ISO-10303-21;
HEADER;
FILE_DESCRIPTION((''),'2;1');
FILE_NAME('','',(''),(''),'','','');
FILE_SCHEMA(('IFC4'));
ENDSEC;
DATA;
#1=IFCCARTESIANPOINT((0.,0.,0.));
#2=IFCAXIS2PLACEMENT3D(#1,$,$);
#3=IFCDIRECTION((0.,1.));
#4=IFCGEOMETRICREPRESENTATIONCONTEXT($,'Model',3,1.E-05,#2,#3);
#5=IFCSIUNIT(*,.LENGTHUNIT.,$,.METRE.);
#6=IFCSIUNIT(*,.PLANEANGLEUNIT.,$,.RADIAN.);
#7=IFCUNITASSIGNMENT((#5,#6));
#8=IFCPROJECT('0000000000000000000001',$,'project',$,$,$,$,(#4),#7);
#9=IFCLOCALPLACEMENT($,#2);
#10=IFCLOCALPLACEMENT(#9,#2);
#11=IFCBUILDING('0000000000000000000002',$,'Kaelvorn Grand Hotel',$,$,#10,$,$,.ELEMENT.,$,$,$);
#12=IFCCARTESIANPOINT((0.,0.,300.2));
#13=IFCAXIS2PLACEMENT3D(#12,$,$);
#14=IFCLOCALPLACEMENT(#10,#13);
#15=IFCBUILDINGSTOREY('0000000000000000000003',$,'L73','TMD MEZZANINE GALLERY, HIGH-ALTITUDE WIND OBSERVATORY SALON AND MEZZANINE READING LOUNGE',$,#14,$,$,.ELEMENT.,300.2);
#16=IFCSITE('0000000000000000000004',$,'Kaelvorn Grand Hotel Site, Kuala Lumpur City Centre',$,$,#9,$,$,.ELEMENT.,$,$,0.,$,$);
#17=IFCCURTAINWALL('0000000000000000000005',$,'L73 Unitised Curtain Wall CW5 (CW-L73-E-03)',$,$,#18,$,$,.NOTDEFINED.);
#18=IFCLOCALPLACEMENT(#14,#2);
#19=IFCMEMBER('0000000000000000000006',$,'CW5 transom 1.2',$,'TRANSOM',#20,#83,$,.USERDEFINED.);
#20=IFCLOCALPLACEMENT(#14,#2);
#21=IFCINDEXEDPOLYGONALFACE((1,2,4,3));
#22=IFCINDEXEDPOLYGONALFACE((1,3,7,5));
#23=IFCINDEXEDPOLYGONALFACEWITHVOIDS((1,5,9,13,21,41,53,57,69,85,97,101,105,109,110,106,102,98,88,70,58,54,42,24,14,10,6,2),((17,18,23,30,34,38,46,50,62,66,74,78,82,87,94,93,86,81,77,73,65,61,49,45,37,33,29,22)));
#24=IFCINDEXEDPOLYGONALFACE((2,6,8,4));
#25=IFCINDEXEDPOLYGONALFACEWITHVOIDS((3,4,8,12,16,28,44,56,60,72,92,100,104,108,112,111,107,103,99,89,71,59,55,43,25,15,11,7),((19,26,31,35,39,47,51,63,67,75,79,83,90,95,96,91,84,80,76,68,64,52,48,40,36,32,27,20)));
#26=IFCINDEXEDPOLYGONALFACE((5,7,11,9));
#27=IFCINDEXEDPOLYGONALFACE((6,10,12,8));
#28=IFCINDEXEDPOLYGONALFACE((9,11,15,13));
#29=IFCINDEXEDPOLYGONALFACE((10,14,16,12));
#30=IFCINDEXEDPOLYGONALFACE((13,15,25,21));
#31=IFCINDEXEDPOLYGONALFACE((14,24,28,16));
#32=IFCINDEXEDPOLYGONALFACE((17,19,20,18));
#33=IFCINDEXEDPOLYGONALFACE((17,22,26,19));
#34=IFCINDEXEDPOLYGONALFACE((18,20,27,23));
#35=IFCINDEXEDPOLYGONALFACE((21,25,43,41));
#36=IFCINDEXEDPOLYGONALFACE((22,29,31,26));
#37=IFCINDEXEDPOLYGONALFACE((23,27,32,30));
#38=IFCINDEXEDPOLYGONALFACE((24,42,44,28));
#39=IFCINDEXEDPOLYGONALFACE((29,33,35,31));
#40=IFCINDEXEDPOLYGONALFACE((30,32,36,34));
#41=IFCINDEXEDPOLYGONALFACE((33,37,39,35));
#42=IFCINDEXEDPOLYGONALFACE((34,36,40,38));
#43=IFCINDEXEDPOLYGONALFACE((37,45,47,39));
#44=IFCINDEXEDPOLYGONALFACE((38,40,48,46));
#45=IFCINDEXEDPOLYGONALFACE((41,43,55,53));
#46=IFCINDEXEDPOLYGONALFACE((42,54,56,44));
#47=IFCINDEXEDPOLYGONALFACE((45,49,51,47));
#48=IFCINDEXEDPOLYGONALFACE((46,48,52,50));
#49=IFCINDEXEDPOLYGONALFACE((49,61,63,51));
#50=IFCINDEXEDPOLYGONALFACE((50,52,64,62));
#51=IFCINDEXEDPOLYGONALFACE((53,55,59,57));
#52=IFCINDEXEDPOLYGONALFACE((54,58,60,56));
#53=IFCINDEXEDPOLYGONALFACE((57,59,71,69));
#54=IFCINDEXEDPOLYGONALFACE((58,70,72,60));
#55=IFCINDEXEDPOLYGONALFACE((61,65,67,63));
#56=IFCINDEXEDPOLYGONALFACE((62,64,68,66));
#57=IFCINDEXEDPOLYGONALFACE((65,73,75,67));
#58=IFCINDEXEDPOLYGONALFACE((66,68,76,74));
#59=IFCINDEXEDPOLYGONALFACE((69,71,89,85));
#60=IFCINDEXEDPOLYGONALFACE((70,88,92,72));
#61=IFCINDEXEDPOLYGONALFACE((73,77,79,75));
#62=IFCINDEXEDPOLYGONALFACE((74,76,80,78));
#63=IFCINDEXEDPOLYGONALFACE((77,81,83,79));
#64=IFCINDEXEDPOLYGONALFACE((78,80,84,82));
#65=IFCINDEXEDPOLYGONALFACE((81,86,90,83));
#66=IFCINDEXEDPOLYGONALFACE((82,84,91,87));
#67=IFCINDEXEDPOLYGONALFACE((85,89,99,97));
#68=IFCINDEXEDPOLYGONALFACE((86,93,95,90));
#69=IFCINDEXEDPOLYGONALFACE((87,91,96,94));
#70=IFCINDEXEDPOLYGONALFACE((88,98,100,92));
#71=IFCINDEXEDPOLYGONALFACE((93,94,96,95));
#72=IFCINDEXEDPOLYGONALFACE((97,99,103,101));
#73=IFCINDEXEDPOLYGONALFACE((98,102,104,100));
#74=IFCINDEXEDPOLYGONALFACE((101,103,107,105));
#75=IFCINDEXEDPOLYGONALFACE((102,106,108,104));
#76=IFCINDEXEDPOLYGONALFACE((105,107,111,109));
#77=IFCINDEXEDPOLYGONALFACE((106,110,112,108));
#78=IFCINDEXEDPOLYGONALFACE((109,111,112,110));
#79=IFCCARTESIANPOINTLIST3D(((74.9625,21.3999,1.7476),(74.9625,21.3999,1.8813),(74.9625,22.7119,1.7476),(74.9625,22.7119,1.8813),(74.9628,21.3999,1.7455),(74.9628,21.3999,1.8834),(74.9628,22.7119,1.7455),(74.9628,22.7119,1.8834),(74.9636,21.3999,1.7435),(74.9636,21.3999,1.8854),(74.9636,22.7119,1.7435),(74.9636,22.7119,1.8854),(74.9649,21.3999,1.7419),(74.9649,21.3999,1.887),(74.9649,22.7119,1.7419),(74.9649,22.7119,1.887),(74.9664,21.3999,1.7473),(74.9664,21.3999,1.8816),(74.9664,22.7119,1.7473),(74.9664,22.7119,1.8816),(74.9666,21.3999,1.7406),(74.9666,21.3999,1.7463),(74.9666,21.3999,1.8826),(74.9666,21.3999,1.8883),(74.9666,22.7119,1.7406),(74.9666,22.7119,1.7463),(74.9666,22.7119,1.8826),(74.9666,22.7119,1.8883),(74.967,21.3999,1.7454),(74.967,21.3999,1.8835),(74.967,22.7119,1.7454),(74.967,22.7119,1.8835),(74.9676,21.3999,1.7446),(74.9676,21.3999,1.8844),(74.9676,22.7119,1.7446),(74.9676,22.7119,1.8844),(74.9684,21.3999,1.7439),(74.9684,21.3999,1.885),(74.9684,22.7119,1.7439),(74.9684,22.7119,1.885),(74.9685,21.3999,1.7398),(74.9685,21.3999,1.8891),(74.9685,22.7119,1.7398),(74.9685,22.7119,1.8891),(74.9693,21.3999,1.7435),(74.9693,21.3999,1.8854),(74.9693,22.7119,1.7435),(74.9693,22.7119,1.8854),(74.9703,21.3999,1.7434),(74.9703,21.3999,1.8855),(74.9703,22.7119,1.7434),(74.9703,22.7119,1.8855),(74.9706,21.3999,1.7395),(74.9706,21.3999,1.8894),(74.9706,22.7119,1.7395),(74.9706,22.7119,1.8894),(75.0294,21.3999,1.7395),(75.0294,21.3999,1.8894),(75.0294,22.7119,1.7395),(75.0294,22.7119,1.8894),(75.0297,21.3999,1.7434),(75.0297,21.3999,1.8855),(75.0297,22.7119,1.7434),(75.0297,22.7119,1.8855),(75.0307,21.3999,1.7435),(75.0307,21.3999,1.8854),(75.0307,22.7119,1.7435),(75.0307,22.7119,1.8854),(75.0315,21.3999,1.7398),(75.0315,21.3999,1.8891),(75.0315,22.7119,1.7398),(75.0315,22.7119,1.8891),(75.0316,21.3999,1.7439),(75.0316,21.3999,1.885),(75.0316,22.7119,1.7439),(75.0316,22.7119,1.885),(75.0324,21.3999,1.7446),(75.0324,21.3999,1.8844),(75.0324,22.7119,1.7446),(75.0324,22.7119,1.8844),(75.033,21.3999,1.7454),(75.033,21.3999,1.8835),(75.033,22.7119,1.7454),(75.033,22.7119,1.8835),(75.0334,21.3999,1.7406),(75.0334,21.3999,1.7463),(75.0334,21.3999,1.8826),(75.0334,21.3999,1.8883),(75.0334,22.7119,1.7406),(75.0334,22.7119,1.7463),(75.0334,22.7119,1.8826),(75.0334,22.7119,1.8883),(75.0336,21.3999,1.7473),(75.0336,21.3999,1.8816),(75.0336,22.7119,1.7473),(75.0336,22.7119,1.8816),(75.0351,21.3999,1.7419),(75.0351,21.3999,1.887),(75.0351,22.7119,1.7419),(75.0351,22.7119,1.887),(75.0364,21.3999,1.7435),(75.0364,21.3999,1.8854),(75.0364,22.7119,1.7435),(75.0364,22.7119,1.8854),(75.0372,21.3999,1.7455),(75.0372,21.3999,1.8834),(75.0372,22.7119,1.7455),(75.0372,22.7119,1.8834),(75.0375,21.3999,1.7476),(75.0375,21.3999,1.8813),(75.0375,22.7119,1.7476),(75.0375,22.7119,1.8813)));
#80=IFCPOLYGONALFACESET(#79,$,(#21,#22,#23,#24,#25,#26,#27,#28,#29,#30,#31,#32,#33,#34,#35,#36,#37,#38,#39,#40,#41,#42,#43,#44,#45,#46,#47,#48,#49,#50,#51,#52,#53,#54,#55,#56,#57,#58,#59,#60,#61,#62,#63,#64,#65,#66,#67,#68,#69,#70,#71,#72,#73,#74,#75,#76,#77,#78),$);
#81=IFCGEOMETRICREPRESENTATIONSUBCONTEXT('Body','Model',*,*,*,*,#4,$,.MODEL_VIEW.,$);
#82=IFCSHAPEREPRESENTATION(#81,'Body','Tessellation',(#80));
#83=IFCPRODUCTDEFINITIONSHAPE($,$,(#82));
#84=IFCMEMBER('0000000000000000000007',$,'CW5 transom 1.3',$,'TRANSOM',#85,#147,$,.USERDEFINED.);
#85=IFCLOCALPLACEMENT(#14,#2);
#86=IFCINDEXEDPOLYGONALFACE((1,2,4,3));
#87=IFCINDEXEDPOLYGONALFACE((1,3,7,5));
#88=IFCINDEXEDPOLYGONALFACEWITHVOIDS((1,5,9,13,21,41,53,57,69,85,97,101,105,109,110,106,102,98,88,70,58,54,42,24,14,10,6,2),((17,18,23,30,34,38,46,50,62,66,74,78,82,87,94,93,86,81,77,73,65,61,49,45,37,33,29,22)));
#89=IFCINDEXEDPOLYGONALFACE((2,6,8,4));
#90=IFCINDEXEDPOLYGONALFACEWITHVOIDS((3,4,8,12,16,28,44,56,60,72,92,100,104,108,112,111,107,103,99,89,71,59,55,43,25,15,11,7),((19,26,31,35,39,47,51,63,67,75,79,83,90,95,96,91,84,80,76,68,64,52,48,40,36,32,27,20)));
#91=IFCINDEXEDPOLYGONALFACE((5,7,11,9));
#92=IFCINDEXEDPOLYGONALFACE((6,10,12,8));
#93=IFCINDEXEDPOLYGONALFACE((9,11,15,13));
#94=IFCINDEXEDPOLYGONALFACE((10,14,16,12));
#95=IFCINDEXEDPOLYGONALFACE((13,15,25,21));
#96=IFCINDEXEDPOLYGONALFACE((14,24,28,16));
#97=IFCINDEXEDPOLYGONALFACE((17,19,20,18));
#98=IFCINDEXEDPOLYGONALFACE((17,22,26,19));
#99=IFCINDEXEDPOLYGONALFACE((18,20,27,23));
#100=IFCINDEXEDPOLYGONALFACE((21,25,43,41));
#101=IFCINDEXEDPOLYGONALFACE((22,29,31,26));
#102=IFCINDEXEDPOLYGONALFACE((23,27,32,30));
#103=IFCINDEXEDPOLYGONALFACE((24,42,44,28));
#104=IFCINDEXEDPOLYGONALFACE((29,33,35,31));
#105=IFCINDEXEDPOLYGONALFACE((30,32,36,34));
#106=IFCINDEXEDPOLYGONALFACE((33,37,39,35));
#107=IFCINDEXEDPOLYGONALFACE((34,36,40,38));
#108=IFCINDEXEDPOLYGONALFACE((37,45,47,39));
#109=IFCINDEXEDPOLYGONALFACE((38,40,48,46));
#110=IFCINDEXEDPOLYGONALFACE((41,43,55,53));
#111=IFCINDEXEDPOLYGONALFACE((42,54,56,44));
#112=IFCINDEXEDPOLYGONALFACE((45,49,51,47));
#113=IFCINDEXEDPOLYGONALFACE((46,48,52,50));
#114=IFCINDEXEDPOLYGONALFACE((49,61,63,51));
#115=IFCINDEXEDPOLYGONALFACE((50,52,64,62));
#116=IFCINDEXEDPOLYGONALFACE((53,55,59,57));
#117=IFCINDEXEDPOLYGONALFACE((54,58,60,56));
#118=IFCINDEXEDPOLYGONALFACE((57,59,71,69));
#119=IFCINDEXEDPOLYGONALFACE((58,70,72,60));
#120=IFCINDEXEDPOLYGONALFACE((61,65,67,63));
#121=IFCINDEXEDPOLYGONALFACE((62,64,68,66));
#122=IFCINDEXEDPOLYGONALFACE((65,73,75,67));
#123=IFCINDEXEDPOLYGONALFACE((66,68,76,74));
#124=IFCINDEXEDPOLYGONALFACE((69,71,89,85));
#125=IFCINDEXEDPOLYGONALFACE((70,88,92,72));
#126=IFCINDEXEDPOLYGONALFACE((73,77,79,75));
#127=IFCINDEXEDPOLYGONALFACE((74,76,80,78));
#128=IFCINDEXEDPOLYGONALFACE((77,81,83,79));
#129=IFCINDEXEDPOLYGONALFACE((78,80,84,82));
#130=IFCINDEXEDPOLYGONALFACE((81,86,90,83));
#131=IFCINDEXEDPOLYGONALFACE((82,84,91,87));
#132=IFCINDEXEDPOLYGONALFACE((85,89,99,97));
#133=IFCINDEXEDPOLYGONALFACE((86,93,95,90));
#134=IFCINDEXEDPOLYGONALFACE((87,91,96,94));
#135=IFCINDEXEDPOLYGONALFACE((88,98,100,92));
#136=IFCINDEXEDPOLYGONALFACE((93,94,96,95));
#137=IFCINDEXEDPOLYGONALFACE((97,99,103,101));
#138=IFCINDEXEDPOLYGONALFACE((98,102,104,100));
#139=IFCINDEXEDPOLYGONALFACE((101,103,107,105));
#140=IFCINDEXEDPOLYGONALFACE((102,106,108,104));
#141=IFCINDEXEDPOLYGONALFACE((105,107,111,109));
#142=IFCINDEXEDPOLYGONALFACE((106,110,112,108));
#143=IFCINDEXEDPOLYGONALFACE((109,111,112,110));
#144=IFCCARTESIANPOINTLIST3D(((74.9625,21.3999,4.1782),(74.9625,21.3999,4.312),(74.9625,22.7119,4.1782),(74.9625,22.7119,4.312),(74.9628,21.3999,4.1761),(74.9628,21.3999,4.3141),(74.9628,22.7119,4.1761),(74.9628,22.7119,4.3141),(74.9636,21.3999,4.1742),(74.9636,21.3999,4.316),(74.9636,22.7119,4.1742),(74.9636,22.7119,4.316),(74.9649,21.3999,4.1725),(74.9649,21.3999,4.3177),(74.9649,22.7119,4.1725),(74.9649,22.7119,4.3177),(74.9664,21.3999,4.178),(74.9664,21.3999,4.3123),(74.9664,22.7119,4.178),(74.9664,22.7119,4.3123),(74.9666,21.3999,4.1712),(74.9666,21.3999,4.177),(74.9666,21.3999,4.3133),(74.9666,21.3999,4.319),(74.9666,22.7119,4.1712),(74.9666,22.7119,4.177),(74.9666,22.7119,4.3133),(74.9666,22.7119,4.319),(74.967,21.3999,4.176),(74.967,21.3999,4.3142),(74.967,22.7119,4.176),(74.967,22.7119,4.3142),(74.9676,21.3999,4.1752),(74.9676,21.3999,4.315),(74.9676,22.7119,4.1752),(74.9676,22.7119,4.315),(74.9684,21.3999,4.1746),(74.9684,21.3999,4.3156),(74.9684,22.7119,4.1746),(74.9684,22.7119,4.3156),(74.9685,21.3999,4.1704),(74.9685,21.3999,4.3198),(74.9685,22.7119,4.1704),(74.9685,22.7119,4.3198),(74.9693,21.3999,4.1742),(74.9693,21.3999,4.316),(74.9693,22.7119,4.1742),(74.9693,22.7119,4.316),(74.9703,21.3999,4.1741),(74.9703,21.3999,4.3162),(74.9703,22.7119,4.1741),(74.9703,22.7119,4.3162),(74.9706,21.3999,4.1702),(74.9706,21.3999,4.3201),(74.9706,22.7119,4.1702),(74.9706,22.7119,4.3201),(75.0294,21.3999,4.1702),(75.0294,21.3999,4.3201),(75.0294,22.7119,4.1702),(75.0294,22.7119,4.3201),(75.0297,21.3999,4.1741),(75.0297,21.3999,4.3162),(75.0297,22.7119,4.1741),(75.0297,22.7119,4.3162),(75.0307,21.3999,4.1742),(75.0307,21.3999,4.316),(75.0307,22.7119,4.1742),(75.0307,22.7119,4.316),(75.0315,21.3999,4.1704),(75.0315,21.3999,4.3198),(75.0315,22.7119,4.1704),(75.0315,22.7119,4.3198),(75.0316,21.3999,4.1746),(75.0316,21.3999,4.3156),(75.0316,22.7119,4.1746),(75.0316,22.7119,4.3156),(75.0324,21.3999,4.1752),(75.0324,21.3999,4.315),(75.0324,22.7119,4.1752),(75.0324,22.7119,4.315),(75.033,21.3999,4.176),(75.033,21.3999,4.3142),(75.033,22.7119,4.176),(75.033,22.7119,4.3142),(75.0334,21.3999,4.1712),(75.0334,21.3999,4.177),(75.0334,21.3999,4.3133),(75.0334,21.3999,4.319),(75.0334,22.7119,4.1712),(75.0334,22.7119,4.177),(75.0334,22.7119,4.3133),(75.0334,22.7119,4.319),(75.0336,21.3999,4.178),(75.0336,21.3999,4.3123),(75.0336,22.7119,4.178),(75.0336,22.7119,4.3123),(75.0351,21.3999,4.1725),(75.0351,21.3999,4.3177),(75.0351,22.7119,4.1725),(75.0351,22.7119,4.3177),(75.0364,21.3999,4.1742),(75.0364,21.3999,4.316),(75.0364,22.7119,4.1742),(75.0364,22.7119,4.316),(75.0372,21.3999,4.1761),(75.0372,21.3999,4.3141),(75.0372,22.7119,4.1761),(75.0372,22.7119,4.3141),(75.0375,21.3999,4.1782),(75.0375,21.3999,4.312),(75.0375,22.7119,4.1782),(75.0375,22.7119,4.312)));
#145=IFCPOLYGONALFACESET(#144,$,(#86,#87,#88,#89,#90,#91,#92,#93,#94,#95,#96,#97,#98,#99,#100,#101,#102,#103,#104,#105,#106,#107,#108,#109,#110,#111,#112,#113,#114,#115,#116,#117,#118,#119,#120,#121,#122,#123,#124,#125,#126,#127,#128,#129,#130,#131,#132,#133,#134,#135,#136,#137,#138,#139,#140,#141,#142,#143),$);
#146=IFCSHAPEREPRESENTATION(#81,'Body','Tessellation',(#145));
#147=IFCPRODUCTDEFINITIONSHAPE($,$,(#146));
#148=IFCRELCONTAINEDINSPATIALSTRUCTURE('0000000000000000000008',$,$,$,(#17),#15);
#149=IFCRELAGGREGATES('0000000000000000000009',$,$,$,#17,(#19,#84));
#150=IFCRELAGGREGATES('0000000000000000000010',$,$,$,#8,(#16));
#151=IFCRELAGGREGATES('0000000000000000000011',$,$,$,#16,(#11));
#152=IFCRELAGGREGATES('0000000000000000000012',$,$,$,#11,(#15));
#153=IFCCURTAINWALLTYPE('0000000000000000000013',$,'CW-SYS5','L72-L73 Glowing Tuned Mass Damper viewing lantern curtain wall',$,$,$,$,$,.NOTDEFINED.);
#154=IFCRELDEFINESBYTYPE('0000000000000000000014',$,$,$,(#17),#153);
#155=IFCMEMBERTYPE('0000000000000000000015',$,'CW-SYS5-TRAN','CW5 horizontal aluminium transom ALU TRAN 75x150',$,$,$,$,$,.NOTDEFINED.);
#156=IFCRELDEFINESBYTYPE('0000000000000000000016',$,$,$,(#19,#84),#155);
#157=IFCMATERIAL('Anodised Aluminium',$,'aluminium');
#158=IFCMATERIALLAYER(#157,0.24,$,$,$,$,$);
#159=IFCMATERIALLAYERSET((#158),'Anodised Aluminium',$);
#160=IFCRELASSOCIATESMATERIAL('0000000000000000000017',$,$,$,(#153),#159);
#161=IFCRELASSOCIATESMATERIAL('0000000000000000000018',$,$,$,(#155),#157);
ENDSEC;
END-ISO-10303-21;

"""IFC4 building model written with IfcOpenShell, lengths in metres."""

from ifc_helpers import new_model, si_unit, direction, frame, origin, origin_2d, place, context, subcontext, project, spatial, hollow_rectangle, extrude, material, layer, layer_set, material_profile, profile_set, type_object, element, aggregate, save


model = new_model("IFC4")

# Units and contexts
model_context = context("Model", 3, precision=1e-05, world=origin(), true_north=direction((0.0, 1.0)))
body_context = subcontext(model_context, "Body", "Model", "MODEL_VIEW")
ifc_project = project(units=[si_unit("LENGTHUNIT", "METRE"), si_unit("PLANEANGLEUNIT", "RADIAN")], contexts=[model_context])

# Site, building, storey
site_placement = place(None, origin())
site = spatial("IfcSite", under=ifc_project, at=site_placement, Name="Kaelvorn Grand Hotel Site, Kuala Lumpur City Centre", CompositionType="ELEMENT", RefElevation=0.0)
building_placement = place(site_placement, origin())
building = spatial("IfcBuilding", under=site, at=building_placement, Name="Kaelvorn Grand Hotel", CompositionType="ELEMENT")
storey_placement = place(building_placement, frame((0.0, 0.0, 300.2)))
storey = spatial("IfcBuildingStorey", under=building, at=storey_placement, Name="L73", Description="TMD MEZZANINE GALLERY, HIGH-ALTITUDE WIND OBSERVATORY SALON AND MEZZANINE READING LOUNGE", CompositionType="ELEMENT", Elevation=300.2)

# Curtain wall, members
ifc_material_1 = material(Name="Anodised Aluminium", Category="aluminium")
ifc_layer_1 = layer(ifc_material_1, 0.24)
ifc_layer_set_1 = layer_set([ifc_layer_1], Name="Anodised Aluminium")
curtain_wall_type = type_object("IfcCurtainWallType", Name="CW-SYS5", Description="L72-L73 Glowing Tuned Mass Damper viewing lantern curtain wall", PredefinedType="NOTDEFINED", material=ifc_layer_set_1)
curtain_wall_placement = place(storey_placement, origin())
curtain_wall = element("IfcCurtainWall", 1, at=curtain_wall_placement, inside=storey, type_object=curtain_wall_type, Name="L73 Unitised Curtain Wall CW5 (CW-L73-E-03)", PredefinedType="NOTDEFINED")
ifc_material_profile_1 = material_profile(ifc_material_1, hollow_rectangle(XDim=0.075, YDim=0.1499, WallThickness=0.0039, InnerFilletRadius=0.0039, OuterFilletRadius=0.0081, at=origin_2d()), Name="ALU TRAN 75x150")
ifc_profile_set_1 = profile_set([ifc_material_profile_1], Name="Anodised Aluminium")
member_type_1 = type_object("IfcMemberType", Name="CW-SYS5-TRAN", Description="CW5 horizontal aluminium transom ALU TRAN 75x150", PredefinedType="NOTDEFINED", material=ifc_profile_set_1)
member_1_placement = place(storey_placement, frame((75.0, 21.3999, 1.8145), z_axis=(0.0, 1.0, 0.0), x_axis=(-1.0, 0.0, 0.0)))
member_1 = element("IfcMember", 2, at=member_1_placement, type_object=member_type_1, Name="CW5 transom 1.2", ObjectType="TRANSOM", PredefinedType="USERDEFINED", context=body_context, shape_type="SweptSolid", body=[
    extrude(hollow_rectangle(XDim=0.075, YDim=0.1499, WallThickness=0.0039, InnerFilletRadius=0.0039, OuterFilletRadius=0.0081, at=origin_2d()), origin(), (0.0, 0.0, 1.0), 1.312),
])
member_2_placement = place(storey_placement, frame((75.0, 21.3999, 4.2451), z_axis=(0.0, 1.0, 0.0), x_axis=(-1.0, 0.0, 0.0)))
member_2 = element("IfcMember", 3, at=member_2_placement, type_object=member_type_1, Name="CW5 transom 1.3", ObjectType="TRANSOM", PredefinedType="USERDEFINED", context=body_context, shape_type="SweptSolid", body=[
    extrude(hollow_rectangle(XDim=0.075, YDim=0.1499, WallThickness=0.0039, InnerFilletRadius=0.0039, OuterFilletRadius=0.0081, at=origin_2d()), origin(), (0.0, 0.0, 1.0), 1.312),
])
aggregate(curtain_wall, [member_1, member_2])

save(model, "model.ifc")
